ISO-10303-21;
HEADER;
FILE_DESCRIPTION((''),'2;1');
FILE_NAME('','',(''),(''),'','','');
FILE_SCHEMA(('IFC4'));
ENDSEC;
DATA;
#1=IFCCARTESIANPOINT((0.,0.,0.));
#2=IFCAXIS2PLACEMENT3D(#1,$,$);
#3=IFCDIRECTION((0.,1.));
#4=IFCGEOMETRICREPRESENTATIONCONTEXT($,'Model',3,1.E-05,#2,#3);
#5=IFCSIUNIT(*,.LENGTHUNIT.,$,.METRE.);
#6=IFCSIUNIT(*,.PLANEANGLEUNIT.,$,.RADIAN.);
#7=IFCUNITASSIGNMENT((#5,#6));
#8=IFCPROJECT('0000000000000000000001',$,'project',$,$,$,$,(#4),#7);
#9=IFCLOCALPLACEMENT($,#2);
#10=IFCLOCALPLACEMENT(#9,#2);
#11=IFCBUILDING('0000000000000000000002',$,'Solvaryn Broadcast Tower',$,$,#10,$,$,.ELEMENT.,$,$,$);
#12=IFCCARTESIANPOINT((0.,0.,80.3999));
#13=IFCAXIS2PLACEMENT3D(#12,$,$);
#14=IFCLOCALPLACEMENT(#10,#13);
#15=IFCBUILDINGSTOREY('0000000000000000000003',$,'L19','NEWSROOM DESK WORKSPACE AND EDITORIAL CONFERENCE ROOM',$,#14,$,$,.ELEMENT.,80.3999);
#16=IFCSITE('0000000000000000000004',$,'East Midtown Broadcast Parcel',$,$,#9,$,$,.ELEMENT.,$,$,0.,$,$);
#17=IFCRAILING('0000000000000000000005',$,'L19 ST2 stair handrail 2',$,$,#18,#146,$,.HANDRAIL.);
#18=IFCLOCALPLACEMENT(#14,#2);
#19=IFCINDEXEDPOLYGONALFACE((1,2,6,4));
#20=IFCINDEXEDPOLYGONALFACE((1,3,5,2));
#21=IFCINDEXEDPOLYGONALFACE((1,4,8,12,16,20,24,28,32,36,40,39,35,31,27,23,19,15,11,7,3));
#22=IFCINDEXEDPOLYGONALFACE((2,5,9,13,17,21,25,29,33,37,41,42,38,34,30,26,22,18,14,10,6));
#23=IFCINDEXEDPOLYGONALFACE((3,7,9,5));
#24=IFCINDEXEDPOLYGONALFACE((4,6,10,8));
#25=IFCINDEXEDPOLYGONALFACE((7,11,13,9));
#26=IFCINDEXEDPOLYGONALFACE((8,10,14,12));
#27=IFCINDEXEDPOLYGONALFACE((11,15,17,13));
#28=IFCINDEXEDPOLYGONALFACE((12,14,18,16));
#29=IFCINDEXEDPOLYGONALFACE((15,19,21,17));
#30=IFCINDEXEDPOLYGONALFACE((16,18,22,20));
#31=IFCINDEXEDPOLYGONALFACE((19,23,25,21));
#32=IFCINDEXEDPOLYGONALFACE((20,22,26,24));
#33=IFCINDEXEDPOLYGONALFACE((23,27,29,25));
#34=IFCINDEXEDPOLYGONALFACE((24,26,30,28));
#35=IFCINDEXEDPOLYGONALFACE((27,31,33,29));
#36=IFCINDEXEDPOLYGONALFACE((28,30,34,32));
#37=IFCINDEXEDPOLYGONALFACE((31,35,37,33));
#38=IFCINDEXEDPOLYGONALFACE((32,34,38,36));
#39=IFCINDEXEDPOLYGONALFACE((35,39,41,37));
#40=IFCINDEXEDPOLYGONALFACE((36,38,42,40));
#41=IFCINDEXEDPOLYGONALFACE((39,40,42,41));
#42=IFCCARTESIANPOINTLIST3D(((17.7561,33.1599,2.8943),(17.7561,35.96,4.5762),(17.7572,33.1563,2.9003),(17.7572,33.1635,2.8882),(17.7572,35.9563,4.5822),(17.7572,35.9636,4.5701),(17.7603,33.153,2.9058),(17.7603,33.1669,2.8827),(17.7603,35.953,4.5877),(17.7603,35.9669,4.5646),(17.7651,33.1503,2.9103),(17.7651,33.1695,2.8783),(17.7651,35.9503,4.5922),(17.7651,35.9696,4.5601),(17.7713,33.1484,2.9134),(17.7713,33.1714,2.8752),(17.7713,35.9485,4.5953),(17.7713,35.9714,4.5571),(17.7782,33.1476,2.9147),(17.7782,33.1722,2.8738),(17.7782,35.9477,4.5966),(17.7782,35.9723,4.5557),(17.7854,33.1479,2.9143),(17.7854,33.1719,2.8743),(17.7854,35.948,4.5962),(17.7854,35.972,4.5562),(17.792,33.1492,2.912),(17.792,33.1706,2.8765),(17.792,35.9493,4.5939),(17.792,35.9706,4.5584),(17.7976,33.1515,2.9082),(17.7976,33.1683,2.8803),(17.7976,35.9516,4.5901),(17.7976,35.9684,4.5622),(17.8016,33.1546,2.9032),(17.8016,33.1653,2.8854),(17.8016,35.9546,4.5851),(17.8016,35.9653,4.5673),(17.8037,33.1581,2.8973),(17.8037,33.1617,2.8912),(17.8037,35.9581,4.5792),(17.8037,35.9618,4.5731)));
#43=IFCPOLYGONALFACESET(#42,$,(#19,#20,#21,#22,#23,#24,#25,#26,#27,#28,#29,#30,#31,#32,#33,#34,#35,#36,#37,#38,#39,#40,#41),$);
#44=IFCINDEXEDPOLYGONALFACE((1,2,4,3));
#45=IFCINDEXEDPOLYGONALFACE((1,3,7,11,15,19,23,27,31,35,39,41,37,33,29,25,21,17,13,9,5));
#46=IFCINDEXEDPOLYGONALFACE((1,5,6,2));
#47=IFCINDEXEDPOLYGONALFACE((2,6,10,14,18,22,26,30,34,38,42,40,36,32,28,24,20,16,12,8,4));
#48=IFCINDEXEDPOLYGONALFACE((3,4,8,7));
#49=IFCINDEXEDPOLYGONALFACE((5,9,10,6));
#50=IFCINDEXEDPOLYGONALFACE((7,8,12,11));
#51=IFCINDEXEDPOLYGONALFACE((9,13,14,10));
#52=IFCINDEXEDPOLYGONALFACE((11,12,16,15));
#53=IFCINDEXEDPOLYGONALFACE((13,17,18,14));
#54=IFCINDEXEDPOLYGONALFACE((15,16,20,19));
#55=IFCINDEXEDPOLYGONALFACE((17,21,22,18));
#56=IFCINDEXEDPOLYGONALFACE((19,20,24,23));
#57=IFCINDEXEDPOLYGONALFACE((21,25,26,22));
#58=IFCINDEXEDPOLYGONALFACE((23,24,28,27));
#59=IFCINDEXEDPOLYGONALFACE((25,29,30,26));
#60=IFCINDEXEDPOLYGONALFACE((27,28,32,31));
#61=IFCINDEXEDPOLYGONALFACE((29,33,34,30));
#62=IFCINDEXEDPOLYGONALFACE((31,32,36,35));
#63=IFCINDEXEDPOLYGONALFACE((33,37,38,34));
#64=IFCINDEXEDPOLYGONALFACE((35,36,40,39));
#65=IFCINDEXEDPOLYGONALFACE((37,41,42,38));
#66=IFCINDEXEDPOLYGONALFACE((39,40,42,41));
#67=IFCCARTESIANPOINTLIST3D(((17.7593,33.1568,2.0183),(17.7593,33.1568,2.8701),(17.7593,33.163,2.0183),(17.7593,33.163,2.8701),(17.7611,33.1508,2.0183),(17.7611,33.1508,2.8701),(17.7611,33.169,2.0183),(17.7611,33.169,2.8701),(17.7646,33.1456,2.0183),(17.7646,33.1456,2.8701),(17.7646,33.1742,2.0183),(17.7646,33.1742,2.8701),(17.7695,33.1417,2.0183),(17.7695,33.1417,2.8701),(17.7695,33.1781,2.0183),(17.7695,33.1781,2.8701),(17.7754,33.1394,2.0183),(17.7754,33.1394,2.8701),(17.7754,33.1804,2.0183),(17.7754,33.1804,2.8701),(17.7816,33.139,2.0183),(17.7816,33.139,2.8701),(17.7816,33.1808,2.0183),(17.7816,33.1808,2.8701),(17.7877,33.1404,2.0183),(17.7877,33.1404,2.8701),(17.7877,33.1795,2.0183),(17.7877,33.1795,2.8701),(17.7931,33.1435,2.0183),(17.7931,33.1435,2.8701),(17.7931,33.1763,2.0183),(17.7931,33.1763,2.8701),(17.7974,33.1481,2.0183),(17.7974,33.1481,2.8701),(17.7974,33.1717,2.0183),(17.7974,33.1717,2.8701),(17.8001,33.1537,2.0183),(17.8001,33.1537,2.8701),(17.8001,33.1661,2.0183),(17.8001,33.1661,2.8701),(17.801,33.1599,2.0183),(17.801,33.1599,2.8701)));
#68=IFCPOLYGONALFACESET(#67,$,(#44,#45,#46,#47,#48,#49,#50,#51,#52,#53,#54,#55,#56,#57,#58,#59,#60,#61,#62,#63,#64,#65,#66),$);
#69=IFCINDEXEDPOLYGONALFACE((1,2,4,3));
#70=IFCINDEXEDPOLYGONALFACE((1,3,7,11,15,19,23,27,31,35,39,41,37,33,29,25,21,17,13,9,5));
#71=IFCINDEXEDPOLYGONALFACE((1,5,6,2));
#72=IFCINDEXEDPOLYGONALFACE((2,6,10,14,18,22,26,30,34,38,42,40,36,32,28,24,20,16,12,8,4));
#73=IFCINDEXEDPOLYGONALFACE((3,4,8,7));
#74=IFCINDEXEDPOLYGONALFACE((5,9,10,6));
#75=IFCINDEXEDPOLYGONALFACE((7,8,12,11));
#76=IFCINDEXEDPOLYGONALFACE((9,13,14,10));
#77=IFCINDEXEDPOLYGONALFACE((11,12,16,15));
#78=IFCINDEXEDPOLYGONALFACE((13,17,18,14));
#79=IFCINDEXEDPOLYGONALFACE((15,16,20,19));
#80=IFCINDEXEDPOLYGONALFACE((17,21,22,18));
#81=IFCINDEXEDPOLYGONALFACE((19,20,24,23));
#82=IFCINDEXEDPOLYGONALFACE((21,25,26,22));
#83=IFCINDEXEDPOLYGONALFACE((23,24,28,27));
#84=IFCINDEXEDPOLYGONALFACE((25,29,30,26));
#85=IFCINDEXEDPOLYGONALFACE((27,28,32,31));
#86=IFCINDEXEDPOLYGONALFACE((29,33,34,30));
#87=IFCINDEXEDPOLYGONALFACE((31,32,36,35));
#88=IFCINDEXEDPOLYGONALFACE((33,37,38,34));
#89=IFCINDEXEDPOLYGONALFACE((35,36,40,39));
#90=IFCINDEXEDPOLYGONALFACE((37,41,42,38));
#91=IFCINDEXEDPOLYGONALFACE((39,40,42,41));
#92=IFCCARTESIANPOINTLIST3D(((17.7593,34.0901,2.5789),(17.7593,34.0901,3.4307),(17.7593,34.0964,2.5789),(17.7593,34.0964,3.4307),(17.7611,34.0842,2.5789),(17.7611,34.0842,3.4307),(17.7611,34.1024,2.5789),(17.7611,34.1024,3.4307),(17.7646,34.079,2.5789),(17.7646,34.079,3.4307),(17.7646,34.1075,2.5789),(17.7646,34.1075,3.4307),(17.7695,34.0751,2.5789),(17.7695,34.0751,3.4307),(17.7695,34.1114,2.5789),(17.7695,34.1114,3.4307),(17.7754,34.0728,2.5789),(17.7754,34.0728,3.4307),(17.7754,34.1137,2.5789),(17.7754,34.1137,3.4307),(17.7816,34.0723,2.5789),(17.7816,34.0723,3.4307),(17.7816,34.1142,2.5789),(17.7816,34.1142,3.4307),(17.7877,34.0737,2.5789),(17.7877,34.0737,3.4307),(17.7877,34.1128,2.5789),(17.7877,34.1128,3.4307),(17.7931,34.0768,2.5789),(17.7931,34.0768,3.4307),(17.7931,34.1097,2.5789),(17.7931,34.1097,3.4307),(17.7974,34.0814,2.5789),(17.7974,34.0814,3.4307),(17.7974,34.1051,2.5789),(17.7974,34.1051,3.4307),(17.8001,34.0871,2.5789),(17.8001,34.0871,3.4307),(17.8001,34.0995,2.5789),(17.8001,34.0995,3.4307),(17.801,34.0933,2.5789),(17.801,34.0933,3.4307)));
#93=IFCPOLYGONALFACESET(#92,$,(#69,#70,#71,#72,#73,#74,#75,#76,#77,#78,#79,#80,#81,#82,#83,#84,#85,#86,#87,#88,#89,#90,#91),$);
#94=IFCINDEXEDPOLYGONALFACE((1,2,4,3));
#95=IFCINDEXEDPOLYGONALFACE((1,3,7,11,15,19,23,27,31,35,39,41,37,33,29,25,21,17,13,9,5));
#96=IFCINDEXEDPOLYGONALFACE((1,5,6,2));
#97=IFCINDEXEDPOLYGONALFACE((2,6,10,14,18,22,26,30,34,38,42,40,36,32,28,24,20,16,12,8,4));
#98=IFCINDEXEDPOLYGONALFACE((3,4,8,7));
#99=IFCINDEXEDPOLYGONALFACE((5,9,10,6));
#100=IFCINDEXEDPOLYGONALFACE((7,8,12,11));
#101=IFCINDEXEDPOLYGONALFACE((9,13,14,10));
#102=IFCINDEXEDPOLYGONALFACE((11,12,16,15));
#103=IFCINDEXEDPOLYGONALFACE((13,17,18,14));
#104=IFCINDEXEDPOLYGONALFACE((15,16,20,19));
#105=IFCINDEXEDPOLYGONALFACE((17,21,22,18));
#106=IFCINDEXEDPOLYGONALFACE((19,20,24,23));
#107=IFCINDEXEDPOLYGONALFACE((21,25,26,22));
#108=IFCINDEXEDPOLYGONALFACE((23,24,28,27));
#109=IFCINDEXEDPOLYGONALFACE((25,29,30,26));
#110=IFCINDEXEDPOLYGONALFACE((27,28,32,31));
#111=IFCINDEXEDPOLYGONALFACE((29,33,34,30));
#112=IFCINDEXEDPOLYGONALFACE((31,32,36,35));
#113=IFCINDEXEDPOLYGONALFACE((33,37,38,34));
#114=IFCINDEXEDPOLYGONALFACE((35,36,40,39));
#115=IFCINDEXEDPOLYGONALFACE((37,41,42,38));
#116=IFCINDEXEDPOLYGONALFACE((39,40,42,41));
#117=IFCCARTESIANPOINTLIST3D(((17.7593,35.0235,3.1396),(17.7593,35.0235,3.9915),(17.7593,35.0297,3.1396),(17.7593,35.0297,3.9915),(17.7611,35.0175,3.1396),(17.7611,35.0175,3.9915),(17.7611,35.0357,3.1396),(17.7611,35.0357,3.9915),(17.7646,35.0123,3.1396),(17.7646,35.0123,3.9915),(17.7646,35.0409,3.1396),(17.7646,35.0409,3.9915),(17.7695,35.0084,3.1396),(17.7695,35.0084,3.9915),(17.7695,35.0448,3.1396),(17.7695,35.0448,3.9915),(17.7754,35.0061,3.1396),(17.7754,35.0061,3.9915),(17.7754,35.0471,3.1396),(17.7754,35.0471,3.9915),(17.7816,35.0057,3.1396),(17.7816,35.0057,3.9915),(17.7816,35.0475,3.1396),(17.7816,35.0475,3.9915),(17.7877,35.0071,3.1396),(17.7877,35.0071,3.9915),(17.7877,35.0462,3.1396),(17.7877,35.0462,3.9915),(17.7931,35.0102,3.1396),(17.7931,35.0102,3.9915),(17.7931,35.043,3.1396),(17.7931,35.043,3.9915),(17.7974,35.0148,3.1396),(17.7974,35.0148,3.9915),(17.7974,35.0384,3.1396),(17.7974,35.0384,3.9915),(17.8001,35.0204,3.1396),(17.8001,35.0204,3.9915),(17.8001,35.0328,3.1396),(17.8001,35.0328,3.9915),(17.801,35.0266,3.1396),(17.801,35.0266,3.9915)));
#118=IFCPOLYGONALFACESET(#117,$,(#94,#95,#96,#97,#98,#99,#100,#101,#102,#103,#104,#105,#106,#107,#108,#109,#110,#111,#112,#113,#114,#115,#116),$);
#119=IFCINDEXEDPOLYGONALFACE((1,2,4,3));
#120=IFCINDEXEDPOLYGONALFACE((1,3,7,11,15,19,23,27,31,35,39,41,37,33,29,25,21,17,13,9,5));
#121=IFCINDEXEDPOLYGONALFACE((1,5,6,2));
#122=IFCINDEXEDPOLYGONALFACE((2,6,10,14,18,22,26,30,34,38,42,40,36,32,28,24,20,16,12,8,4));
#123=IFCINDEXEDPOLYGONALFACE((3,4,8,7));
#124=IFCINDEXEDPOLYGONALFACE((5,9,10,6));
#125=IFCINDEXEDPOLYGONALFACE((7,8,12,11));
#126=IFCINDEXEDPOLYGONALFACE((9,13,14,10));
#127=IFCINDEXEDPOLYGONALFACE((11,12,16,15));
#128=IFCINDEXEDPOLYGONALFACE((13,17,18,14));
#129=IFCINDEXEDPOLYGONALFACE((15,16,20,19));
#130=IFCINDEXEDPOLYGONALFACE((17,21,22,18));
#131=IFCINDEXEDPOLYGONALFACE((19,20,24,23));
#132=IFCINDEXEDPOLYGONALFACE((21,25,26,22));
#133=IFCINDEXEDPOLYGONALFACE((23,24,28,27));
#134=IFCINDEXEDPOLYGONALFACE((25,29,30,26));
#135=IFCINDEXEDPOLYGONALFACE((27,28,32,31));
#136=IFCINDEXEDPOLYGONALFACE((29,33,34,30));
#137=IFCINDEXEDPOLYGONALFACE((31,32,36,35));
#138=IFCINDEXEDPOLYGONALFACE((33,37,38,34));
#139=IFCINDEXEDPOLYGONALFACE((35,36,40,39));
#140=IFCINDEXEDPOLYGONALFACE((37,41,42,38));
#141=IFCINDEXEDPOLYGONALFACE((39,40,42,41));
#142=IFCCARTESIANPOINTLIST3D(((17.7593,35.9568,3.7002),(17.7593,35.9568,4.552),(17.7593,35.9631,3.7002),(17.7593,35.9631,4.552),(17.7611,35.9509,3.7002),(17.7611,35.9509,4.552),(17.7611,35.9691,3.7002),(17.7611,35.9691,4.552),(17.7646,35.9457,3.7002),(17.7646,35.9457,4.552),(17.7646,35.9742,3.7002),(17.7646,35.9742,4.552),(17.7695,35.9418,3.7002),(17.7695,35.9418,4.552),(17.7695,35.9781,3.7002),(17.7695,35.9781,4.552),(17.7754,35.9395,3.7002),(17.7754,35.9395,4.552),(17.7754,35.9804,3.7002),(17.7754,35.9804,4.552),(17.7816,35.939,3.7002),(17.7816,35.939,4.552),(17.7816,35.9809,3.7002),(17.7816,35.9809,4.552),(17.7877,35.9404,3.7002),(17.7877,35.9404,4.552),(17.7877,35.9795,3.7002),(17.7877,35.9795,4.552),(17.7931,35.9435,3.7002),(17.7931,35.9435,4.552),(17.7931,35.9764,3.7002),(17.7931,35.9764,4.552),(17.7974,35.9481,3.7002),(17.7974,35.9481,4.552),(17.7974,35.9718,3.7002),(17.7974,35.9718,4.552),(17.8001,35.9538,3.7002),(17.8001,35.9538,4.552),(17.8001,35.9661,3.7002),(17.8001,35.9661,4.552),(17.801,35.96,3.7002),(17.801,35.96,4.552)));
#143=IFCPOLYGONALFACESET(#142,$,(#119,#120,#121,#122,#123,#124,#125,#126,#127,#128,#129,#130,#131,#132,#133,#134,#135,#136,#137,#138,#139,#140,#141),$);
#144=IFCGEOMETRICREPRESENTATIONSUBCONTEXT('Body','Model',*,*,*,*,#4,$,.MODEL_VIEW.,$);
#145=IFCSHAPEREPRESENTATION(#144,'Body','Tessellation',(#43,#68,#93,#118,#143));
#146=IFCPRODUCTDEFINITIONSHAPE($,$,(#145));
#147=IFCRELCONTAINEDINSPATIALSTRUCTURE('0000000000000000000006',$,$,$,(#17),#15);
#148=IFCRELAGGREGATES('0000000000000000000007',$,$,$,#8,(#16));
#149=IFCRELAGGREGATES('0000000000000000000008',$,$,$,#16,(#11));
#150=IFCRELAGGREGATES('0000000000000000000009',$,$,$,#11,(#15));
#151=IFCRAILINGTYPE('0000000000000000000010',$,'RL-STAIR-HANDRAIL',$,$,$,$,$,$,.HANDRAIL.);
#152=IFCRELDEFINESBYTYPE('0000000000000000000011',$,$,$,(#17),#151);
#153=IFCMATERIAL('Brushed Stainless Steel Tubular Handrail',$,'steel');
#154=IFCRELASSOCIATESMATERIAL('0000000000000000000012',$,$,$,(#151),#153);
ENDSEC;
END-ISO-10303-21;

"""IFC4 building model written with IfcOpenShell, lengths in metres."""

from ifc_helpers import new_model, si_unit, direction, frame, origin, origin_2d, place, context, subcontext, project, spatial, circle, extrude, material, type_object, element, save


model = new_model("IFC4")

# Units and contexts
model_context = context("Model", 3, precision=1e-05, world=origin(), true_north=direction((0.0, 1.0)))
body_context = subcontext(model_context, "Body", "Model", "MODEL_VIEW")
ifc_project = project(units=[si_unit("LENGTHUNIT", "METRE"), si_unit("PLANEANGLEUNIT", "RADIAN")], contexts=[model_context])

# Site, building, storey
site_placement = place(None, origin())
site = spatial("IfcSite", under=ifc_project, at=site_placement, Name="East Midtown Broadcast Parcel", CompositionType="ELEMENT", RefElevation=0.0)
building_placement = place(site_placement, origin())
building = spatial("IfcBuilding", under=site, at=building_placement, Name="Solvaryn Broadcast Tower", CompositionType="ELEMENT")
storey_placement = place(building_placement, frame((0.0, 0.0, 80.3999)))
storey = spatial("IfcBuildingStorey", under=building, at=storey_placement, Name="L19", Description="NEWSROOM DESK WORKSPACE AND EDITORIAL CONFERENCE ROOM", CompositionType="ELEMENT", Elevation=80.3999)

# Railing
ifc_material_1 = material(Name="Brushed Stainless Steel Tubular Handrail", Category="steel")
railing_type_1 = type_object("IfcRailingType", Name="RL-STAIR-HANDRAIL", PredefinedType="HANDRAIL", material=ifc_material_1)
railing_1_placement = place(storey_placement, frame((17.78, 33.1599, 2.0183)))
element("IfcRailing", 1, at=railing_1_placement, inside=storey, type_object=railing_type_1, Name="L19 ST2 stair handrail 2", PredefinedType="HANDRAIL", context=body_context, shape_type="SweptSolid", body=[
    extrude(circle(Radius=0.0239, at=origin_2d()), frame((0.0, 0.0, 0.876), z_axis=(0.0, 0.857242, 0.514913), x_axis=(-1.0, 0.0, 0.0)), (0.0, 0.0, 1.0), 3.2664),
    extrude(circle(Radius=0.021, at=origin_2d()), origin(), (0.0, 0.0, 1.0), 0.8518),
    extrude(circle(Radius=0.021, at=origin_2d()), frame((0.0, 0.9333, 0.5605)), (0.0, 0.0, 1.0), 0.8518),
    extrude(circle(Radius=0.021, at=origin_2d()), frame((0.0, 1.8667, 1.1213)), (0.0, 0.0, 1.0), 0.8518),
    extrude(circle(Radius=0.021, at=origin_2d()), frame((0.0, 2.8, 1.6819)), (0.0, 0.0, 1.0), 0.8518),
])

save(model, "model.ifc")
